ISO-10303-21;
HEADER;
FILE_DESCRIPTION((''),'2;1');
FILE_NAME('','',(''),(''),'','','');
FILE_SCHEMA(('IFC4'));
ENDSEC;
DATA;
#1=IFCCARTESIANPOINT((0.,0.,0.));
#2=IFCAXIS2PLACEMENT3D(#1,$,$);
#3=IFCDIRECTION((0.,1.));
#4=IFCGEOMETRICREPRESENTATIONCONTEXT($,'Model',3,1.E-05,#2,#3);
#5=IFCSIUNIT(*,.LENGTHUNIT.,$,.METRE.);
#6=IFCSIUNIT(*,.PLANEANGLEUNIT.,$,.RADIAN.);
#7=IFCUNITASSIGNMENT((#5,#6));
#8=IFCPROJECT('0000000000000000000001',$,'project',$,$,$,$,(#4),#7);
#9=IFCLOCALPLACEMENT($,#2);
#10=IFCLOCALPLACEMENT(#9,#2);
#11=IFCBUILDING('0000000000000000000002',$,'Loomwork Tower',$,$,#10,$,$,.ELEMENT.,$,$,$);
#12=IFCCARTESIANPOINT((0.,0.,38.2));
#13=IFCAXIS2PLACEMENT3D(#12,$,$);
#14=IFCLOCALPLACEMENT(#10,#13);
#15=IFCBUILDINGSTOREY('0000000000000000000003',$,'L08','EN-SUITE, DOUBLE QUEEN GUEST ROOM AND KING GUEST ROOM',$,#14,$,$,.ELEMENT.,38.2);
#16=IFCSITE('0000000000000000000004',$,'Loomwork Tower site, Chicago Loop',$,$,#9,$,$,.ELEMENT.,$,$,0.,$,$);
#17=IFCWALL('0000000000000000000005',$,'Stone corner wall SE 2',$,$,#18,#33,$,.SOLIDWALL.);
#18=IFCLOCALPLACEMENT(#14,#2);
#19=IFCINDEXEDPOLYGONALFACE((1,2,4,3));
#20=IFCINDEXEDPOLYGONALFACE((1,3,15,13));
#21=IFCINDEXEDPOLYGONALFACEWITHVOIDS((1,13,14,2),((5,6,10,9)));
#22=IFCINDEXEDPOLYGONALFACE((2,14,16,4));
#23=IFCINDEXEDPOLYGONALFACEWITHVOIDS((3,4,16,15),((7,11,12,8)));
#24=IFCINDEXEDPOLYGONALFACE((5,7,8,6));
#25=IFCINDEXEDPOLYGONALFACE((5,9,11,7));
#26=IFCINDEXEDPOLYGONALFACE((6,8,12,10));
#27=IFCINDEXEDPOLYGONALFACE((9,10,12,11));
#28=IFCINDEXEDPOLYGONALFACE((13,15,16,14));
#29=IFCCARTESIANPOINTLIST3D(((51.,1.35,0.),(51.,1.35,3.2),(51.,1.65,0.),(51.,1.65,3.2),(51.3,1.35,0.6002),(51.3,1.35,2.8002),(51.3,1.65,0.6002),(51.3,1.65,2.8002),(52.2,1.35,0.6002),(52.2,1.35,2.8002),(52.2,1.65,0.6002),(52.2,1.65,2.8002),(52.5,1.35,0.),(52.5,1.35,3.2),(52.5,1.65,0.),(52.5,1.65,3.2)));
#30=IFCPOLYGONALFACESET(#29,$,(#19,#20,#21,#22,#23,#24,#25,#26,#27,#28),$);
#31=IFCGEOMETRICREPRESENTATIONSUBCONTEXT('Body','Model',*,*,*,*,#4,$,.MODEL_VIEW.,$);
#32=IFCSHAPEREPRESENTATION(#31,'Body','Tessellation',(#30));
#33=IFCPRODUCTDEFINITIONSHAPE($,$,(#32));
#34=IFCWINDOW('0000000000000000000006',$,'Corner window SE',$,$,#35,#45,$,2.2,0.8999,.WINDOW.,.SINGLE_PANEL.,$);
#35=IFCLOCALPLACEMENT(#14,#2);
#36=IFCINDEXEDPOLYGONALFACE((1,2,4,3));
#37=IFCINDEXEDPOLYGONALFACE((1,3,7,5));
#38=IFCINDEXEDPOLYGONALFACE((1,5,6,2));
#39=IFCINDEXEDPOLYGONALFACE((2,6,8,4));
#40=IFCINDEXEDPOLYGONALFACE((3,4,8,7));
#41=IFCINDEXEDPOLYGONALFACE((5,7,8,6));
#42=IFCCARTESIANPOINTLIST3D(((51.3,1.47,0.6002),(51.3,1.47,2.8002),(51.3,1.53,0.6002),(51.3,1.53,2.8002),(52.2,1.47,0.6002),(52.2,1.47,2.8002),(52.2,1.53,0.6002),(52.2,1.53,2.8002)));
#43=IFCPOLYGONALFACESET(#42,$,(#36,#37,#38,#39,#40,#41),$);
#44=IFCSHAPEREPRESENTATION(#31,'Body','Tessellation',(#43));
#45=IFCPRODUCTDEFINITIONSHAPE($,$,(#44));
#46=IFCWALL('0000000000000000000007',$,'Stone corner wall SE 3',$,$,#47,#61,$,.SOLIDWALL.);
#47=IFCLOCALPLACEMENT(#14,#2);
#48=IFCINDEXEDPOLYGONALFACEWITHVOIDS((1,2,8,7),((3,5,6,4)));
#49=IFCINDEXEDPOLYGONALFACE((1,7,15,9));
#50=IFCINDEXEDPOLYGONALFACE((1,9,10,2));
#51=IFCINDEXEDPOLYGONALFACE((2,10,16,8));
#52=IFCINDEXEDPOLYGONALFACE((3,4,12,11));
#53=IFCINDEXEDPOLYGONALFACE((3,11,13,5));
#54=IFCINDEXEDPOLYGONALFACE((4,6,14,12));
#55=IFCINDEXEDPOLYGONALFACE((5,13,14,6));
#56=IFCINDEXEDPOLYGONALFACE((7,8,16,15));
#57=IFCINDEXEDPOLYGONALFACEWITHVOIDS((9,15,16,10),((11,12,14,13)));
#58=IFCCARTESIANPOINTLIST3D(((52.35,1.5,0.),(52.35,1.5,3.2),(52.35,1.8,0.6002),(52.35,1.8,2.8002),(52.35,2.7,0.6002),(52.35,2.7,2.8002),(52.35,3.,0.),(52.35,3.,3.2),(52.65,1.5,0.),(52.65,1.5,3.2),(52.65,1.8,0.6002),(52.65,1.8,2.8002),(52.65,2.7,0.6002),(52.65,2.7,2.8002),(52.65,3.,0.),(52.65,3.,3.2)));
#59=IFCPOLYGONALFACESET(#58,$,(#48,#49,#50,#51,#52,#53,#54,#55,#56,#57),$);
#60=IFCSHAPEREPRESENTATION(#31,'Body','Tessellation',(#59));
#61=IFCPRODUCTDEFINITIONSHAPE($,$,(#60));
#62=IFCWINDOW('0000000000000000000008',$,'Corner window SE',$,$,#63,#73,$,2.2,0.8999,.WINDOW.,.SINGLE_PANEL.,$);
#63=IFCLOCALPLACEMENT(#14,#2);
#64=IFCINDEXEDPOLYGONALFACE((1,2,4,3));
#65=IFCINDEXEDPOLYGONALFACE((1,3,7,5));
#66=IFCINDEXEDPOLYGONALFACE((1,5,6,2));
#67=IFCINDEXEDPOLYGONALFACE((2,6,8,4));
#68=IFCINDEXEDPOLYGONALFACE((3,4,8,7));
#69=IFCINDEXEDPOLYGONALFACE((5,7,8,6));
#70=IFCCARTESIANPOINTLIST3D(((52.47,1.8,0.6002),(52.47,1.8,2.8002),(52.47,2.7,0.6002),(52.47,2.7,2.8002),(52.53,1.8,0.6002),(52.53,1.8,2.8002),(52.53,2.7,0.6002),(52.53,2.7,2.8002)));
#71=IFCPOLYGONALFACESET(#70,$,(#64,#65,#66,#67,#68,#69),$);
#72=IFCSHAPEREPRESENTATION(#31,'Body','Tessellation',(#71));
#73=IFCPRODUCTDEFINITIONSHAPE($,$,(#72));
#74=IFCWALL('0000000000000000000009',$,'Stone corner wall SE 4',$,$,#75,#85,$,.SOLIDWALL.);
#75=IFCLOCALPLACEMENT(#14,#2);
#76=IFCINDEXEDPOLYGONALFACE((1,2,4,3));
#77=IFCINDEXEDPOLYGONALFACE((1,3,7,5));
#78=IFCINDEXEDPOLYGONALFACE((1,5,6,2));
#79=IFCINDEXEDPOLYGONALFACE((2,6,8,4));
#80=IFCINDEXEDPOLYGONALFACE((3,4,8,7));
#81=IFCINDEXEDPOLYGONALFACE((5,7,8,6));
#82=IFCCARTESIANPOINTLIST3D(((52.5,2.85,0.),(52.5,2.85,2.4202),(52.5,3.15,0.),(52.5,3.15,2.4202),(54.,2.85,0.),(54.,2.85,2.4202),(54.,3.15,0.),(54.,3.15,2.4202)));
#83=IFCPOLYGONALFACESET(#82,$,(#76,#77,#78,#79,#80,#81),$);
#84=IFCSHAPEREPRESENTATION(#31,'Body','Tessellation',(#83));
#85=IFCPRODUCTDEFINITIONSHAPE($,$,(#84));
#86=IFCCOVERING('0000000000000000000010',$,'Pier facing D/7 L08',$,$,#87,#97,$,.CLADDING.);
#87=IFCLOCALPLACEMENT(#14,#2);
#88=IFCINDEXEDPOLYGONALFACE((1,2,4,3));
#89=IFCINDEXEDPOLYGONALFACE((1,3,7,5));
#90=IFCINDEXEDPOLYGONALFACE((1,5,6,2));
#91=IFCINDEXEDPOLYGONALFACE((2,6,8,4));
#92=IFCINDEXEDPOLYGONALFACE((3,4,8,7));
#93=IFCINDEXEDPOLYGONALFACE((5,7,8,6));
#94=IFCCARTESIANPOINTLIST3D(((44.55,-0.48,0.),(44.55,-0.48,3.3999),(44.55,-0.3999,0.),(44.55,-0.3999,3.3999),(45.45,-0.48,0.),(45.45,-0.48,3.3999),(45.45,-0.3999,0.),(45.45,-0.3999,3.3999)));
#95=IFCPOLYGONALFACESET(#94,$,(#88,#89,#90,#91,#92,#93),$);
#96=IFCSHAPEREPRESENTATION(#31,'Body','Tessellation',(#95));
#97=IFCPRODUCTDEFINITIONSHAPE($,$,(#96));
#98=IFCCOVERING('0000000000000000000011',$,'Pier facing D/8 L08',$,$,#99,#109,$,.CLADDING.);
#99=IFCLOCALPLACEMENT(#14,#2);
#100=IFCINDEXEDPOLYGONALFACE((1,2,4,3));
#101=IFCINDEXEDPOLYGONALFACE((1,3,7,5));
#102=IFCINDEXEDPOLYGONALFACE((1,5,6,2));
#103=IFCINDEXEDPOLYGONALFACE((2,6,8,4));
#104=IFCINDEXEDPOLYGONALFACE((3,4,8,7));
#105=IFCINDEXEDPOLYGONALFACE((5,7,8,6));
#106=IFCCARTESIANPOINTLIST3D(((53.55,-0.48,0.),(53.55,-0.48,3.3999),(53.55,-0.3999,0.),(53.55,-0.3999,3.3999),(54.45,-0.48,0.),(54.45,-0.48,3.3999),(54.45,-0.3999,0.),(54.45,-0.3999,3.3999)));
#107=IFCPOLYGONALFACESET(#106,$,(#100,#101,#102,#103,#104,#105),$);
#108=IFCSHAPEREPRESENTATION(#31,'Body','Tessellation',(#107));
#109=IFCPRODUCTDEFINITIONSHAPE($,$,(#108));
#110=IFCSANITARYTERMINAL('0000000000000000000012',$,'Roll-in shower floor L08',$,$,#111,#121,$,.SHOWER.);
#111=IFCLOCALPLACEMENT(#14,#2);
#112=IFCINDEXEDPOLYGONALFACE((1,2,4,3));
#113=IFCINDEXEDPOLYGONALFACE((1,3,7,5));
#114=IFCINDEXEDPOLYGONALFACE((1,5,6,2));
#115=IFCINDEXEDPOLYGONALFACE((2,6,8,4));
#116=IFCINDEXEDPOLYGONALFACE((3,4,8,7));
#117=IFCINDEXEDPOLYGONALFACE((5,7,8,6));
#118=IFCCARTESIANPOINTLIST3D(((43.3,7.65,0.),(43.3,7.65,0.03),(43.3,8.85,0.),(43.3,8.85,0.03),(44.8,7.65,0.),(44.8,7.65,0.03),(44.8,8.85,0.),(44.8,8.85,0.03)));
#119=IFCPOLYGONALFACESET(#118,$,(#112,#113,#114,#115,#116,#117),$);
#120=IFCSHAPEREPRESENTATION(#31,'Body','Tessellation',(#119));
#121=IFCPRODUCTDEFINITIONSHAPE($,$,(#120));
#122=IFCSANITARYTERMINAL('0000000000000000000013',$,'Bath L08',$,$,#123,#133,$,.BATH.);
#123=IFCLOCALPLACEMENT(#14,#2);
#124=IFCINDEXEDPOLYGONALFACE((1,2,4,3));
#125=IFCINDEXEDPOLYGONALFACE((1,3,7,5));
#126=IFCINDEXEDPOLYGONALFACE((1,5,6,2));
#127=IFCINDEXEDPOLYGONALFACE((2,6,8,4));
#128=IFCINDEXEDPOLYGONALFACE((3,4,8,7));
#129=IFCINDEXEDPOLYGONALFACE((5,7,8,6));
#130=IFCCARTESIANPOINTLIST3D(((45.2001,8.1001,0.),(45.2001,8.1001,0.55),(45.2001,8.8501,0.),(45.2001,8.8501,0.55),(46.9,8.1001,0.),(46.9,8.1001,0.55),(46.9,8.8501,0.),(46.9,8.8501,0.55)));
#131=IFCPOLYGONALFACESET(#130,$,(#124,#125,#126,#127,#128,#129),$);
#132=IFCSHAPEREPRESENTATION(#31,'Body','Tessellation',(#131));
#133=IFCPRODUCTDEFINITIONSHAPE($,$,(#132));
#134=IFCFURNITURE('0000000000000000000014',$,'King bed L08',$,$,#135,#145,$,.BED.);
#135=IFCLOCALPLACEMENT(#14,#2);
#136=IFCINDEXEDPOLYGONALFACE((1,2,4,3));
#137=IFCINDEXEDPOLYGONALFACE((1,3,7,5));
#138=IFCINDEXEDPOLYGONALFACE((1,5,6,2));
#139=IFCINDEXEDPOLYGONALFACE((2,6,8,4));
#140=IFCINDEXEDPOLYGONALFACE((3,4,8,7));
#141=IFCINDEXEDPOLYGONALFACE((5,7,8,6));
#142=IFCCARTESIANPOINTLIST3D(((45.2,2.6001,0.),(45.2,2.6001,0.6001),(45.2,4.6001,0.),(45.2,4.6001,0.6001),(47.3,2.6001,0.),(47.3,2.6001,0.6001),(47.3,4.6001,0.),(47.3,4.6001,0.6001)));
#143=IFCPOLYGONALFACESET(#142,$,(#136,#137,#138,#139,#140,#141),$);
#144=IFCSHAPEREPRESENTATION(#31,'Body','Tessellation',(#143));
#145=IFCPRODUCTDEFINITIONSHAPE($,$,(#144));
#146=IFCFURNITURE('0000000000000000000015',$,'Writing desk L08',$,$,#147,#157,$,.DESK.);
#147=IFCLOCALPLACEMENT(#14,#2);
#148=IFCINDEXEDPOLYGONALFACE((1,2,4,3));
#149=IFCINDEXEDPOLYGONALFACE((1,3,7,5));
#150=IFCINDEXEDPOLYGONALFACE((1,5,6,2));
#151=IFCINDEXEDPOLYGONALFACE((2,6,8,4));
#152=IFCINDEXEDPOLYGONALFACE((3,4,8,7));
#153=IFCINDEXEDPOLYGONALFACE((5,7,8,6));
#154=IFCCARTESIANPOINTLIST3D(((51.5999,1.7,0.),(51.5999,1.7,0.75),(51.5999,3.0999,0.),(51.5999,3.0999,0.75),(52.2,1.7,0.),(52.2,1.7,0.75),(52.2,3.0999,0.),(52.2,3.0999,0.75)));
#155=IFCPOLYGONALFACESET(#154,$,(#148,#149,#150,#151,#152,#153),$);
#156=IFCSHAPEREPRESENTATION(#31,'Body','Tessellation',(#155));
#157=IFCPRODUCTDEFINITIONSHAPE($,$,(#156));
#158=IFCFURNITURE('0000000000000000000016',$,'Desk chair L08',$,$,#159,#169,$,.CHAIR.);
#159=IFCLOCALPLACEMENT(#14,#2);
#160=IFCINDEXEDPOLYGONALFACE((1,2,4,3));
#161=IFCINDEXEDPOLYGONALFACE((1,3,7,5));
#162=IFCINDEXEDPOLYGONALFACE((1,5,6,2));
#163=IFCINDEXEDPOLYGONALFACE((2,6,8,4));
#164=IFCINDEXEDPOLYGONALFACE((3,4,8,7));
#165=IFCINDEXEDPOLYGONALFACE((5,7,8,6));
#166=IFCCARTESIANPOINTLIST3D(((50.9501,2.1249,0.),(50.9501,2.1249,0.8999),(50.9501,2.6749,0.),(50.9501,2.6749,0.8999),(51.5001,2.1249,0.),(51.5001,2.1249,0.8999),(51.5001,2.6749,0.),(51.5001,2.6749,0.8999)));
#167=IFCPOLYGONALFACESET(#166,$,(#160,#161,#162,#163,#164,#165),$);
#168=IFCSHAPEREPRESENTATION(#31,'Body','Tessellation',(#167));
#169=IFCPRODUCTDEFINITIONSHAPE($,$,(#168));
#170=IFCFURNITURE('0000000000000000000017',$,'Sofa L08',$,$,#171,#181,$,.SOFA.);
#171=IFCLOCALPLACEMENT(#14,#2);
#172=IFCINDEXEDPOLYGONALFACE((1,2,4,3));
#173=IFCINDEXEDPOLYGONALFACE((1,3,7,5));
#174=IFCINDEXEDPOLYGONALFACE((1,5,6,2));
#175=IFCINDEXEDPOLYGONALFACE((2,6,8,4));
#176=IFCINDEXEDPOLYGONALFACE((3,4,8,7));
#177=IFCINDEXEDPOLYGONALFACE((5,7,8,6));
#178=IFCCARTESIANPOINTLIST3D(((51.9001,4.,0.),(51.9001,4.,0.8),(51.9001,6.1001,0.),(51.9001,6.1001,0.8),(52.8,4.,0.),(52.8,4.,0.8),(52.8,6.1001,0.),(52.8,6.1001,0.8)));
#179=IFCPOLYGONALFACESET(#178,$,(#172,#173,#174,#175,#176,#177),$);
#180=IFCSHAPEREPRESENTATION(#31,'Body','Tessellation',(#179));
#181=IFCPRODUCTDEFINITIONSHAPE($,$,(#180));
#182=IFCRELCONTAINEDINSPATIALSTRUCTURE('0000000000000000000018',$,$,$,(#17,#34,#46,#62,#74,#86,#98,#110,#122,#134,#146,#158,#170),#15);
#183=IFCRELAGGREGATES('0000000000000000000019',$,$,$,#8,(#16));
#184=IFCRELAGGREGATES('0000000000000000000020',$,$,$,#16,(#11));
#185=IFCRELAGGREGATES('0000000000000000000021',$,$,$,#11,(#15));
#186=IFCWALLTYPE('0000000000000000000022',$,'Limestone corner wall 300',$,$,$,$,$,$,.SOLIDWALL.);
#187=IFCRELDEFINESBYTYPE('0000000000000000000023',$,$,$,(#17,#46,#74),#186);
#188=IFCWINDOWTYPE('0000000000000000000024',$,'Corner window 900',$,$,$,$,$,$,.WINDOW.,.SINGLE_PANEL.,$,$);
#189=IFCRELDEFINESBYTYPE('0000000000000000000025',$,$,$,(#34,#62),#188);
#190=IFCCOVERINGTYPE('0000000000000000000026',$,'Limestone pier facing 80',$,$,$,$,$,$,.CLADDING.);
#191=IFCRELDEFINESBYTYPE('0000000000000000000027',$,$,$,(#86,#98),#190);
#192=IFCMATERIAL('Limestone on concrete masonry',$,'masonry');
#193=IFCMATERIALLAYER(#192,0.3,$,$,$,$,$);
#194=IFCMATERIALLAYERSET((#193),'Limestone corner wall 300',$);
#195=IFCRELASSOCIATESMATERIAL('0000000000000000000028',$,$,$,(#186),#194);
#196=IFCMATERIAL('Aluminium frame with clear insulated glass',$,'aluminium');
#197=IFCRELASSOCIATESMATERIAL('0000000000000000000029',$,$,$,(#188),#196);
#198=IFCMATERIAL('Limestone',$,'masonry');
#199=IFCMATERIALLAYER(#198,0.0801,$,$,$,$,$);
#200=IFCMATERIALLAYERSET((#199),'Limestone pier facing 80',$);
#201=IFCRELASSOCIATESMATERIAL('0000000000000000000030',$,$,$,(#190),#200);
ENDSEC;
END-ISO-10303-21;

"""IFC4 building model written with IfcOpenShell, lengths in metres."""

from ifc_helpers import new_model, si_unit, direction, frame, frame_2d, origin, origin_2d, place, context, subcontext, project, spatial, rectangle, extrude, material, layer, layer_set, type_object, element, fill, save


model = new_model("IFC4")

# Units and contexts
model_context = context("Model", 3, precision=1e-05, world=origin(), true_north=direction((0.0, 1.0)))
body_context = subcontext(model_context, "Body", "Model", "MODEL_VIEW")
ifc_project = project(units=[si_unit("LENGTHUNIT", "METRE"), si_unit("PLANEANGLEUNIT", "RADIAN")], contexts=[model_context])

# Site, building, storey
site_placement = place(None, origin())
site = spatial("IfcSite", under=ifc_project, at=site_placement, Name="Loomwork Tower site, Chicago Loop", CompositionType="ELEMENT", RefElevation=0.0)
building_placement = place(site_placement, origin())
building = spatial("IfcBuilding", under=site, at=building_placement, Name="Loomwork Tower", CompositionType="ELEMENT")
storey_placement = place(building_placement, frame((0.0, 0.0, 38.2)))
storey = spatial("IfcBuildingStorey", under=building, at=storey_placement, Name="L08", Description="EN-SUITE, DOUBLE QUEEN GUEST ROOM AND KING GUEST ROOM", CompositionType="ELEMENT", Elevation=38.2)

# Shared definitions
ifc_material_1 = material(Name="Limestone on concrete masonry", Category="masonry")
ifc_layer_1 = layer(ifc_material_1, 0.3)
ifc_layer_set_1 = layer_set([ifc_layer_1], Name="Limestone corner wall 300")
wall_type_1 = type_object("IfcWallType", Name="Limestone corner wall 300", PredefinedType="SOLIDWALL", material=ifc_layer_set_1)

# Walls, openings, windows
wall_1_placement = place(storey_placement, frame((51.0, 1.5, 0.0), z_axis=(0.0, 0.0, 1.0), x_axis=(1.0, 0.0, 0.0)))
wall_1 = element("IfcWall", 1, at=wall_1_placement, inside=storey, type_object=wall_type_1, Name="Stone corner wall SE 2", PredefinedType="SOLIDWALL", context=body_context, shape_type="SweptSolid", body=[
    extrude(rectangle(XDim=1.5, YDim=0.3, at=frame_2d((0.75, 0.0))), origin(), (0.0, 0.0, 1.0), 3.2),
])
opening_1_placement = place(wall_1_placement, frame((0.3, 0.0, 0.6001)))
opening_1 = element("IfcOpeningElement", 2, at=opening_1_placement, cuts=wall_1, PredefinedType="OPENING", context=body_context, shape_type="SweptSolid", body=[
    extrude(rectangle(XDim=0.8999, YDim=2.2, at=frame_2d((0.45, 1.1001))), frame((0.0, 0.1599, 0.0), z_axis=(0.0, -1.0, 0.0), x_axis=(1.0, 0.0, 0.0)), (0.0, 0.0, 1.0), 0.3201),
])
ifc_material_2 = material(Name="Aluminium frame with clear insulated glass", Category="aluminium")
window_type_1 = type_object("IfcWindowType", Name="Corner window 900", PartitioningType="SINGLE_PANEL", PredefinedType="WINDOW", material=ifc_material_2)
window_1_placement = place(opening_1_placement, origin())
window_1 = element("IfcWindow", 3, at=window_1_placement, inside=storey, type_object=window_type_1, Name="Corner window SE", OverallHeight=2.2, OverallWidth=0.8999, PartitioningType="SINGLE_PANEL", PredefinedType="WINDOW", context=body_context, shape_type="SweptSolid", body=[
    extrude(rectangle(XDim=0.8999, YDim=2.2, at=frame_2d((0.45, 1.1001))), frame((0.0, 0.03, 0.0), z_axis=(0.0, -1.0, 0.0), x_axis=(1.0, 0.0, 0.0)), (0.0, 0.0, 1.0), 0.0601),
])
fill(opening_1, window_1)
wall_2_placement = place(storey_placement, frame((52.5, 1.5, 0.0), z_axis=(0.0, 0.0, 1.0), x_axis=(0.0, 1.0, 0.0)))
wall_2 = element("IfcWall", 4, at=wall_2_placement, inside=storey, type_object=wall_type_1, Name="Stone corner wall SE 3", PredefinedType="SOLIDWALL", context=body_context, shape_type="SweptSolid", body=[
    extrude(rectangle(XDim=1.5, YDim=0.3, at=frame_2d((0.75, 0.0))), origin(), (0.0, 0.0, 1.0), 3.2),
])
opening_2_placement = place(wall_2_placement, frame((0.3, 0.0, 0.6001)))
opening_2 = element("IfcOpeningElement", 5, at=opening_2_placement, cuts=wall_2, PredefinedType="OPENING", context=body_context, shape_type="SweptSolid", body=[
    extrude(rectangle(XDim=0.8999, YDim=2.2, at=frame_2d((0.45, 1.1001))), frame((0.0, 0.1599, 0.0), z_axis=(0.0, -1.0, 0.0), x_axis=(1.0, 0.0, 0.0)), (0.0, 0.0, 1.0), 0.3201),
])
window_2_placement = place(opening_2_placement, origin())
window_2 = element("IfcWindow", 6, at=window_2_placement, inside=storey, type_object=window_type_1, Name="Corner window SE", OverallHeight=2.2, OverallWidth=0.8999, PartitioningType="SINGLE_PANEL", PredefinedType="WINDOW", context=body_context, shape_type="SweptSolid", body=[
    extrude(rectangle(XDim=0.8999, YDim=2.2, at=frame_2d((0.45, 1.1001))), frame((0.0, 0.03, 0.0), z_axis=(0.0, -1.0, 0.0), x_axis=(1.0, 0.0, 0.0)), (0.0, 0.0, 1.0), 0.0601),
])
fill(opening_2, window_2)

# Wall
wall_3_placement = place(storey_placement, frame((52.5, 3.0, 0.0), z_axis=(0.0, 0.0, 1.0), x_axis=(1.0, 0.0, 0.0)))
element("IfcWall", 7, at=wall_3_placement, inside=storey, type_object=wall_type_1, Name="Stone corner wall SE 4", PredefinedType="SOLIDWALL", context=body_context, shape_type="SweptSolid", body=[
    extrude(rectangle(XDim=1.5, YDim=0.3, at=frame_2d((0.75, 0.0))), origin(), (0.0, 0.0, 1.0), 2.4202),
])

# Coverings
ifc_material_3 = material(Name="Limestone", Category="masonry")
ifc_layer_2 = layer(ifc_material_3, 0.0801)
ifc_layer_set_2 = layer_set([ifc_layer_2], Name="Limestone pier facing 80")
covering_type = type_object("IfcCoveringType", Name="Limestone pier facing 80", PredefinedType="CLADDING", material=ifc_layer_set_2)
for number, where, z_axis, x_axis, name in (
    (8, (45.0, -0.4399, 0.0), (0.0, 0.0, 1.0), (1.0, 0.0, 0.0), "Pier facing D/7 L08"),
    (9, (54.0, -0.4399, 0.0), (0.0, 0.0, 1.0), (1.0, 0.0, 0.0), "Pier facing D/8 L08"),
):
    element("IfcCovering", number, at=place(storey_placement, frame(where, z_axis=z_axis, x_axis=x_axis)), inside=storey, type_object=covering_type, Name=name, PredefinedType="CLADDING", context=body_context, shape_type="SweptSolid", body=[
        extrude(rectangle(XDim=0.8999, YDim=0.0801, at=origin_2d()), origin(), (0.0, 0.0, 1.0), 3.3999),
    ])

# Sanitary terminals
sanitary_terminal_1_placement = place(storey_placement, frame((44.05, 8.25, 0.0), z_axis=(0.0, 0.0, 1.0), x_axis=(1.0, 0.0, 0.0)))
element("IfcSanitaryTerminal", 10, at=sanitary_terminal_1_placement, inside=storey, Name="Roll-in shower floor L08", PredefinedType="SHOWER", context=body_context, shape_type="SweptSolid", body=[
    extrude(rectangle(XDim=1.5, YDim=1.2, at=origin_2d()), origin(), (0.0, 0.0, 1.0), 0.03),
])
sanitary_terminal_2_placement = place(storey_placement, frame((46.05, 8.4751, 0.0), z_axis=(0.0, 0.0, 1.0), x_axis=(1.0, 0.0, 0.0)))
element("IfcSanitaryTerminal", 11, at=sanitary_terminal_2_placement, inside=storey, Name="Bath L08", PredefinedType="BATH", context=body_context, shape_type="SweptSolid", body=[
    extrude(rectangle(XDim=1.7, YDim=0.75, at=origin_2d()), origin(), (0.0, 0.0, 1.0), 0.55),
])

# Furniture
furniture_1_placement = place(storey_placement, frame((46.25, 3.6001, 0.0), z_axis=(0.0, 0.0, 1.0), x_axis=(1.0, 0.0, 0.0)))
element("IfcFurniture", 12, at=furniture_1_placement, inside=storey, Name="King bed L08", PredefinedType="BED", context=body_context, shape_type="SweptSolid", body=[
    extrude(rectangle(XDim=2.1001, YDim=2.0, at=origin_2d()), origin(), (0.0, 0.0, 1.0), 0.6001),
])
furniture_2_placement = place(storey_placement, frame((51.8999, 2.3999, 0.0), z_axis=(0.0, 0.0, 1.0), x_axis=(1.0, 0.0, 0.0)))
element("IfcFurniture", 13, at=furniture_2_placement, inside=storey, Name="Writing desk L08", PredefinedType="DESK", context=body_context, shape_type="SweptSolid", body=[
    extrude(rectangle(XDim=0.6001, YDim=1.3999, at=origin_2d()), origin(), (0.0, 0.0, 1.0), 0.75),
])
furniture_3_placement = place(storey_placement, frame((51.2251, 2.3999, 0.0), z_axis=(0.0, 0.0, 1.0), x_axis=(1.0, 0.0, 0.0)))
element("IfcFurniture", 14, at=furniture_3_placement, inside=storey, Name="Desk chair L08", PredefinedType="CHAIR", context=body_context, shape_type="SweptSolid", body=[
    extrude(rectangle(XDim=0.55, YDim=0.55, at=origin_2d()), origin(), (0.0, 0.0, 1.0), 0.8999),
])
furniture_4_placement = place(storey_placement, frame((52.3501, 5.05, 0.0), z_axis=(0.0, 0.0, 1.0), x_axis=(1.0, 0.0, 0.0)))
element("IfcFurniture", 15, at=furniture_4_placement, inside=storey, Name="Sofa L08", PredefinedType="SOFA", context=body_context, shape_type="SweptSolid", body=[
    extrude(rectangle(XDim=0.8999, YDim=2.1001, at=origin_2d()), origin(), (0.0, 0.0, 1.0), 0.8),
])

save(model, "model.ifc")
